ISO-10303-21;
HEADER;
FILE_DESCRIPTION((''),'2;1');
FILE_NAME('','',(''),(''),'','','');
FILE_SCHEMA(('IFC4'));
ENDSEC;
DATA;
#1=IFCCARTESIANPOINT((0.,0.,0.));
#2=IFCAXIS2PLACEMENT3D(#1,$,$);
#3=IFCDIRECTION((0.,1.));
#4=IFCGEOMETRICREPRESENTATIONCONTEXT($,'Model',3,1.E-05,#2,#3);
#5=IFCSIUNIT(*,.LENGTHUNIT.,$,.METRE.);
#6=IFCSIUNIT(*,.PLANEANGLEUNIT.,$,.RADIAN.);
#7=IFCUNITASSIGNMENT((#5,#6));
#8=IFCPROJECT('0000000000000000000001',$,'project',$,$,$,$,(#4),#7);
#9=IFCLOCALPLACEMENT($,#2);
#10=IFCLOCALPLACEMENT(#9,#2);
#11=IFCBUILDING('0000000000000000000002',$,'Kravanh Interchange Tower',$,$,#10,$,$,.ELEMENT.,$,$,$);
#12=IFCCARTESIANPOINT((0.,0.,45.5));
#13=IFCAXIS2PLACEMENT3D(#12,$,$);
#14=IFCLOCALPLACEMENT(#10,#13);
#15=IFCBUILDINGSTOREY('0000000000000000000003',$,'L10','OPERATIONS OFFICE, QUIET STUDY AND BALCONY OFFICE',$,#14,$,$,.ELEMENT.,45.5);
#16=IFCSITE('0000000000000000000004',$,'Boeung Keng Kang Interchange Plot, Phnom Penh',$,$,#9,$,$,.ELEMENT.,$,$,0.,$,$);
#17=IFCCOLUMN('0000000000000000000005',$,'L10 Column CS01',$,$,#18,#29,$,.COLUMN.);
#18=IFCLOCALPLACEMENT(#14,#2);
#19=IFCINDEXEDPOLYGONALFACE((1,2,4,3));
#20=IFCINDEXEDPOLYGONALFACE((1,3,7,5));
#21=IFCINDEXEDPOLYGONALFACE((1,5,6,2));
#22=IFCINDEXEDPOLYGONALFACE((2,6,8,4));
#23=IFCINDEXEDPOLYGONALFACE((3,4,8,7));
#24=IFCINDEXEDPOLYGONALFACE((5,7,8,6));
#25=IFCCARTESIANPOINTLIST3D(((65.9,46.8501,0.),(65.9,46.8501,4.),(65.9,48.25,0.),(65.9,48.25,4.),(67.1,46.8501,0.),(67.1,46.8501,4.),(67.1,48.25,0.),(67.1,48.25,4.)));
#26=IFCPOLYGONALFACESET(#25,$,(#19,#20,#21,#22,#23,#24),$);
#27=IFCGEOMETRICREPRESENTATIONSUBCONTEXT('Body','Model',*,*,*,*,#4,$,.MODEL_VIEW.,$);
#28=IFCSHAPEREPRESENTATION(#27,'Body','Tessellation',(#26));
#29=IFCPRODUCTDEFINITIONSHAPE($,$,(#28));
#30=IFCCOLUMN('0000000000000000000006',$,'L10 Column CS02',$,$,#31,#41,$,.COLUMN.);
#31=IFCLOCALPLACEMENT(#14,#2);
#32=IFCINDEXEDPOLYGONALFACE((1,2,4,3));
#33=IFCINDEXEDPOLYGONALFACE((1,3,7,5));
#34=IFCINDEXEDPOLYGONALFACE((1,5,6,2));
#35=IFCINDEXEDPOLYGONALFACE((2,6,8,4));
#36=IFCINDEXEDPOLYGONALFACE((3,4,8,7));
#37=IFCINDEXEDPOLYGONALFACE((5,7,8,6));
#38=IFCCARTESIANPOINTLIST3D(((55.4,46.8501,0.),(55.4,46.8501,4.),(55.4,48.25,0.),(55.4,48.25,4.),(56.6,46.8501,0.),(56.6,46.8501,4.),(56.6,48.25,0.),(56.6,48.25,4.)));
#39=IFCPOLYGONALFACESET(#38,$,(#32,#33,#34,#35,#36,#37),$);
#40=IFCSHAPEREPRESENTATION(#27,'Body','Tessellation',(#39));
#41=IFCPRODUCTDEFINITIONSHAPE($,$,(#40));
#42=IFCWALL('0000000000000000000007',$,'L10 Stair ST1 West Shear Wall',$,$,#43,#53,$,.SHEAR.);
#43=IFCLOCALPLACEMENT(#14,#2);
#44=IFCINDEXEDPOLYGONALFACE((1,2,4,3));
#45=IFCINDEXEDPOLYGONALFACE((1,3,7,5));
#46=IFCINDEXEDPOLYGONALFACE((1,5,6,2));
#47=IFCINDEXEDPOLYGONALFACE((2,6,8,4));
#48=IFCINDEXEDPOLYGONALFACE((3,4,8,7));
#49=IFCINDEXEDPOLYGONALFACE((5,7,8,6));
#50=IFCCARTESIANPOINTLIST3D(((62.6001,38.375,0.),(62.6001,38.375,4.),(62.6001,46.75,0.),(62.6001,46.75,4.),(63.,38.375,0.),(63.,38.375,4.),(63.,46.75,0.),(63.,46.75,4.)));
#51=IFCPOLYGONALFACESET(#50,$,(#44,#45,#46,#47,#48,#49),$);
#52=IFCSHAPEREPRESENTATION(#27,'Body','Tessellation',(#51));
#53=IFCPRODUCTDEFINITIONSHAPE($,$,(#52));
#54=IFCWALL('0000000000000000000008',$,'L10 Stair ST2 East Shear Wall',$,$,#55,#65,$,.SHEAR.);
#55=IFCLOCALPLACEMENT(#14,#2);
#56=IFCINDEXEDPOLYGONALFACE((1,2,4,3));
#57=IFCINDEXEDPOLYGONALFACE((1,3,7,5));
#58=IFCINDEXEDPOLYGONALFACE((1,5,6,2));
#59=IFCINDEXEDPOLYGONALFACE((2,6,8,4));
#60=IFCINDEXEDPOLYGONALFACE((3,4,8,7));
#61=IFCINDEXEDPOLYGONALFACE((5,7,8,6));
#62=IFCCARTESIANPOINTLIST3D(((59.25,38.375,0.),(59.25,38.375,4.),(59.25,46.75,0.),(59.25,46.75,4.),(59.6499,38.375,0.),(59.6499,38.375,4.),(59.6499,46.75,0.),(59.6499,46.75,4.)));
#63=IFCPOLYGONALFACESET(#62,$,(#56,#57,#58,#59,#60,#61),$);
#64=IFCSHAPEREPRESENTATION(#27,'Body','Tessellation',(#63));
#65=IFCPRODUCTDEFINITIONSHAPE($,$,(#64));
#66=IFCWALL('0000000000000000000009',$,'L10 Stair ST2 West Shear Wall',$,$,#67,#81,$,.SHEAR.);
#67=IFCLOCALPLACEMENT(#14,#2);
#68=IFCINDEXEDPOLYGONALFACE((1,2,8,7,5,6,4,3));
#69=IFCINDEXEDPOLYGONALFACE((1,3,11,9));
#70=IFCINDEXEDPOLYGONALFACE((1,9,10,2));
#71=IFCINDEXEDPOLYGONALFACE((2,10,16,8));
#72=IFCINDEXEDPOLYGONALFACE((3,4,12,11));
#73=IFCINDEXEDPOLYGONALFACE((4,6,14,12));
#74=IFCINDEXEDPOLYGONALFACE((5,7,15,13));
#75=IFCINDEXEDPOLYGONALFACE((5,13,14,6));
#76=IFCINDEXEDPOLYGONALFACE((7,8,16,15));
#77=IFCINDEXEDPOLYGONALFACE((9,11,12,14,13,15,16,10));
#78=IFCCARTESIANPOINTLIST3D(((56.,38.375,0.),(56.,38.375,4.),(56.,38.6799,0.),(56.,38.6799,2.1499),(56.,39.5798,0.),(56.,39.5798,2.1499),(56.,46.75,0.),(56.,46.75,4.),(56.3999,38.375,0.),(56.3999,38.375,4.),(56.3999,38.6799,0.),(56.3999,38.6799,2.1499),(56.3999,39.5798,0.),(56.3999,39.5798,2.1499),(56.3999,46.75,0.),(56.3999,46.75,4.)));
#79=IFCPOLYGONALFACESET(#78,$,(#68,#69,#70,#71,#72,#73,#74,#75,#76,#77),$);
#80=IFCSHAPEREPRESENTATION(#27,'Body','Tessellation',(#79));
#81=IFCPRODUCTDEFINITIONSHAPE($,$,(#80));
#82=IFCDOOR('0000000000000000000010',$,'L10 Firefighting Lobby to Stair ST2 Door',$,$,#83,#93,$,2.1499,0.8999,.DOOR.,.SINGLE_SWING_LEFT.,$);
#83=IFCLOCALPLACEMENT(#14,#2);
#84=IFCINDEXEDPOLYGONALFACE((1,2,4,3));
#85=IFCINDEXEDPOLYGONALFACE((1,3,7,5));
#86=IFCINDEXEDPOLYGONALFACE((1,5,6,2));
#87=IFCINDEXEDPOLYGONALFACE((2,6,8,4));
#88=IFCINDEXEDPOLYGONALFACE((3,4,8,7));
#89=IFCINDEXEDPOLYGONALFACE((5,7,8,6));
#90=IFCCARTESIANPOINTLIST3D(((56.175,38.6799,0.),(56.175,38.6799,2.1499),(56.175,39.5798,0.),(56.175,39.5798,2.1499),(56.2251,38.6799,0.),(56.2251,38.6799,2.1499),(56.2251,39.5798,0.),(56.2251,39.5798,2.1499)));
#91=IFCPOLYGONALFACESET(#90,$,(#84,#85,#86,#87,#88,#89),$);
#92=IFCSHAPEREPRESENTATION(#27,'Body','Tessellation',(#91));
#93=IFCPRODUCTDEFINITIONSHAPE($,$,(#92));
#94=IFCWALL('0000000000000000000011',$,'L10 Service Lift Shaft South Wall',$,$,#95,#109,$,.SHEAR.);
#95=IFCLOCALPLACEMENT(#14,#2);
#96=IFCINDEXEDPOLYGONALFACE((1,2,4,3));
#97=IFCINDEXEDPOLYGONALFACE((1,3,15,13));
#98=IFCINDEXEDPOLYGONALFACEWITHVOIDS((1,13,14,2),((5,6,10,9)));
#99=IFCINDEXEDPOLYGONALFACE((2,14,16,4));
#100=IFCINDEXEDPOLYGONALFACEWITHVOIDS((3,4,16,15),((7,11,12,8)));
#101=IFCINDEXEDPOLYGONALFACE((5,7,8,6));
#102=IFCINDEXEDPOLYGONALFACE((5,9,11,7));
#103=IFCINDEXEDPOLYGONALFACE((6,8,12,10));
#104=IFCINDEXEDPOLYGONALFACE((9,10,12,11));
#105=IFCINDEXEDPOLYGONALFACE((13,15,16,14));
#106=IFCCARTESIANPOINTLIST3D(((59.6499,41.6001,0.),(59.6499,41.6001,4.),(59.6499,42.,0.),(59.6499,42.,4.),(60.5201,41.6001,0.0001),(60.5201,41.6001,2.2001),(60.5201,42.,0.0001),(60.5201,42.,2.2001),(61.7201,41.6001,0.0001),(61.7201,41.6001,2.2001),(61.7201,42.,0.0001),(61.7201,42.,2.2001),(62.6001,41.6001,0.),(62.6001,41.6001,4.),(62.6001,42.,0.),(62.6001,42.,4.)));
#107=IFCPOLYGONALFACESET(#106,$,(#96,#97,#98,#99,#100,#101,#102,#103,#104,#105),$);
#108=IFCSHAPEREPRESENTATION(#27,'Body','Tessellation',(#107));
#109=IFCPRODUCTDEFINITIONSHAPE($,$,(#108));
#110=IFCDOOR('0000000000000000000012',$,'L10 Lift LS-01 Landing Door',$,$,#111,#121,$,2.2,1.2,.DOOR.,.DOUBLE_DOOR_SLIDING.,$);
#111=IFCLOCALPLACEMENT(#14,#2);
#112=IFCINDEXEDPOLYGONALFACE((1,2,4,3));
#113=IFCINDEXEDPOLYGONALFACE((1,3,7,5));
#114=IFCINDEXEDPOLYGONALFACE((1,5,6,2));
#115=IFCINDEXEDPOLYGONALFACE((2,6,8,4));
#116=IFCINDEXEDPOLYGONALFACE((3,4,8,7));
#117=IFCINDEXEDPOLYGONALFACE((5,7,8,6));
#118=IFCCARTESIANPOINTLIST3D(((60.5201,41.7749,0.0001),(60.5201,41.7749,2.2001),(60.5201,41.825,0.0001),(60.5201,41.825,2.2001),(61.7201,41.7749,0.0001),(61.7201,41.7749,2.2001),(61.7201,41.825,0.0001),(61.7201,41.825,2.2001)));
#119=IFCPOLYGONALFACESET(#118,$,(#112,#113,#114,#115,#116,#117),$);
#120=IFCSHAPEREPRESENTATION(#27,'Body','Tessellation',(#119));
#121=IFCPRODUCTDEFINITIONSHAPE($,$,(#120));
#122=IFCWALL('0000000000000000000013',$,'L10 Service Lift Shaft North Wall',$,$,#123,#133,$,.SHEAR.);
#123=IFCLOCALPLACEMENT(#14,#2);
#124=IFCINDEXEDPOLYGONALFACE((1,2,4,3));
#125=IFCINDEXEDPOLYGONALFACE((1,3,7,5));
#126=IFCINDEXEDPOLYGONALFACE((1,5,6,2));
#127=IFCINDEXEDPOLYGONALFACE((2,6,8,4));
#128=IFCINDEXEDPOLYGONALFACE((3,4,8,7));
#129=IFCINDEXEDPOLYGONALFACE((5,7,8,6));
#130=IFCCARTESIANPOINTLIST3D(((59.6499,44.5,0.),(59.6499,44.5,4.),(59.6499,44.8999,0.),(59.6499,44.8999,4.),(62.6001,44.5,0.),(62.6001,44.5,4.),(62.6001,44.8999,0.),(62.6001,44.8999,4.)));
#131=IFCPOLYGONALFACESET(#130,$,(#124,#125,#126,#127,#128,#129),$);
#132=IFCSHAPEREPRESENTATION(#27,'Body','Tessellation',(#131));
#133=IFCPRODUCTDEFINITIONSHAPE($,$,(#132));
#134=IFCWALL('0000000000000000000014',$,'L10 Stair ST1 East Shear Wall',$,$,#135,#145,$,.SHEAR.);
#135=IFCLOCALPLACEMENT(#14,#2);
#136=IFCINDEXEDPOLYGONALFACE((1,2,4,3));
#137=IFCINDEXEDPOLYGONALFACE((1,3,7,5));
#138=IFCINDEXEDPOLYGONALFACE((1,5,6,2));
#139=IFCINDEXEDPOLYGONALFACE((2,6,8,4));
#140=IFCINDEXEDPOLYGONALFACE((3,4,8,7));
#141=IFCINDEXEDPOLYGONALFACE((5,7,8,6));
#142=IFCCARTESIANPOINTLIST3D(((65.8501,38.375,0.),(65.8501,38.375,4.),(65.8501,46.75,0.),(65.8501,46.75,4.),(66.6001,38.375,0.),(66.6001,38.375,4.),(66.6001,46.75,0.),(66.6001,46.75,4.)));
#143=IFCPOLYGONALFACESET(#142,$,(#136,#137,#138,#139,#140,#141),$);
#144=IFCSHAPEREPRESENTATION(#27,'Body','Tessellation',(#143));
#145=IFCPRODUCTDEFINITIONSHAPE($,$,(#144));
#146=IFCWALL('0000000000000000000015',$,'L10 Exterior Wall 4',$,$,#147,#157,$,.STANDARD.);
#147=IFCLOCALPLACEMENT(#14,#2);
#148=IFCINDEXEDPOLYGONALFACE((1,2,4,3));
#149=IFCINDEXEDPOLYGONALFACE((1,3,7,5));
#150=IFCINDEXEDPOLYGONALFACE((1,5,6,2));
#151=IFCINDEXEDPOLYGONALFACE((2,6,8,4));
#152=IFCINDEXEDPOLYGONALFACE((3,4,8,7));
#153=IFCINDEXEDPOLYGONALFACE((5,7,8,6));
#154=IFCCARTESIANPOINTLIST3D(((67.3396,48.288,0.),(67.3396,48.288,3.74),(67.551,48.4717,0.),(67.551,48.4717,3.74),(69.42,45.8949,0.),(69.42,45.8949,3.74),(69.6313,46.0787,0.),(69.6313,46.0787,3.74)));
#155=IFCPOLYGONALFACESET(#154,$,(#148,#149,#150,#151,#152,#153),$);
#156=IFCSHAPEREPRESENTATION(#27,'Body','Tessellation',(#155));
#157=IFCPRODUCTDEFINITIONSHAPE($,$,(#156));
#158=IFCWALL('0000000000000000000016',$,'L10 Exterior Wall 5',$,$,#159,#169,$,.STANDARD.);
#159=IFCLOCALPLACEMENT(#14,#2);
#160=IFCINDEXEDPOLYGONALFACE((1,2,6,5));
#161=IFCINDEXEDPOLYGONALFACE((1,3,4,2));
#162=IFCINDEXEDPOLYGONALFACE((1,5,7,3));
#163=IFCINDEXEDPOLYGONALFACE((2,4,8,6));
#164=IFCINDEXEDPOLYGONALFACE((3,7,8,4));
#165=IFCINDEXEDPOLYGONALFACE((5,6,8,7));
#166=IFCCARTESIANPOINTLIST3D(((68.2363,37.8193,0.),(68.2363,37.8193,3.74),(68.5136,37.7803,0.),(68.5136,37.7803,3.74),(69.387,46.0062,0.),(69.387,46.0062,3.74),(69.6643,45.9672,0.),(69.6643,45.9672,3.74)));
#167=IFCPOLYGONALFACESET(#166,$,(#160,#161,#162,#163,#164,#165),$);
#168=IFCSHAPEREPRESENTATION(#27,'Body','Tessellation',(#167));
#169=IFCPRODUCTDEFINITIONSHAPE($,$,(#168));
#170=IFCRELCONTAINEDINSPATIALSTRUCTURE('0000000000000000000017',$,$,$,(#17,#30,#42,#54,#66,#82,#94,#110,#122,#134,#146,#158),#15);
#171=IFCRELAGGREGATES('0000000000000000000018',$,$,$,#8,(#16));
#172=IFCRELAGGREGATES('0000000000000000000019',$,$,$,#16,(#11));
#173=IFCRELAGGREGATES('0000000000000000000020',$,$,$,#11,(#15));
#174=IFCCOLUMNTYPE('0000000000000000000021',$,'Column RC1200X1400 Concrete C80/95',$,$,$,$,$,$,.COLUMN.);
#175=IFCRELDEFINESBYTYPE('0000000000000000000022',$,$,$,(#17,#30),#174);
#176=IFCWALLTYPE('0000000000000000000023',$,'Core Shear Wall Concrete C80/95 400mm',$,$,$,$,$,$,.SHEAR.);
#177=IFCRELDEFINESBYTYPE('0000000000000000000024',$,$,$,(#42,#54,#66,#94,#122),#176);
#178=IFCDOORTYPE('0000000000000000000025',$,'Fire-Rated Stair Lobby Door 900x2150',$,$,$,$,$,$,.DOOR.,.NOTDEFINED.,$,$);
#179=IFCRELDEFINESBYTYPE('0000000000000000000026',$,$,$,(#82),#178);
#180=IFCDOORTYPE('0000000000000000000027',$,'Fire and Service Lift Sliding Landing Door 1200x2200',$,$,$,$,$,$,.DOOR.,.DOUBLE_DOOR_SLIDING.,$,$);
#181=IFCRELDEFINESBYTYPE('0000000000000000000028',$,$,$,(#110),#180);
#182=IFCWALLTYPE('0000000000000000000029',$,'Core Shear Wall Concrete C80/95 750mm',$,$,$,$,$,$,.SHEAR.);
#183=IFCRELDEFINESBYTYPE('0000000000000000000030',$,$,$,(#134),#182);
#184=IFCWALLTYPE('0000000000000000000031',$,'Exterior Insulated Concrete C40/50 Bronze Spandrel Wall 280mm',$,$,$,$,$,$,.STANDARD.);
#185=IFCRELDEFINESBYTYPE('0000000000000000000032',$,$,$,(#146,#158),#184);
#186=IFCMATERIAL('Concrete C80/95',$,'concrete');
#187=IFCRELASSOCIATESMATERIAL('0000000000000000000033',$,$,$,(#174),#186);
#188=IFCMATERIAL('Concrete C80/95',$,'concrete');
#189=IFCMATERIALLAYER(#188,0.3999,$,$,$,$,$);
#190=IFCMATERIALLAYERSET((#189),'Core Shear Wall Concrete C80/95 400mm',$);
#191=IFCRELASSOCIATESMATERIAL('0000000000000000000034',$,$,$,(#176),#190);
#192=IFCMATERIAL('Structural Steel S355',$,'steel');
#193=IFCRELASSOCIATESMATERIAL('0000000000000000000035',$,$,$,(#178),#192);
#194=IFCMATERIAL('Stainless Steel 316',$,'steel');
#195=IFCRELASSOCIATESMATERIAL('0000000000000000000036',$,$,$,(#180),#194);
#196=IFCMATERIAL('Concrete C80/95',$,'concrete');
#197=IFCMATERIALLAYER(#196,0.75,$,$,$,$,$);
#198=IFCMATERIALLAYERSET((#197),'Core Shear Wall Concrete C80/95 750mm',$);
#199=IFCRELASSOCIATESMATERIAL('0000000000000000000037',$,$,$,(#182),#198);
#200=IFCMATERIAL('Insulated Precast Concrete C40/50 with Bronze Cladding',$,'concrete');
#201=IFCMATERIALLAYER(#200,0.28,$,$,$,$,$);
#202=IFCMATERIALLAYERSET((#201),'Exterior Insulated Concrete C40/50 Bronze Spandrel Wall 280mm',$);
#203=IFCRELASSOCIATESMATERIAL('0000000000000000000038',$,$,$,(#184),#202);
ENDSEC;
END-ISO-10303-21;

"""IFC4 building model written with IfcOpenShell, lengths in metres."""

from ifc_helpers import new_model, si_unit, direction, frame, frame_2d, origin, origin_2d, place, context, subcontext, project, spatial, rectangle, extrude, material, layer, layer_set, material_profile, profile_set, type_object, element, fill, save


model = new_model("IFC4")

# Units and contexts
model_context = context("Model", 3, precision=1e-05, world=origin(), true_north=direction((0.0, 1.0)))
body_context = subcontext(model_context, "Body", "Model", "MODEL_VIEW")
ifc_project = project(units=[si_unit("LENGTHUNIT", "METRE"), si_unit("PLANEANGLEUNIT", "RADIAN")], contexts=[model_context])

# Site, building, storey
site_placement = place(None, origin())
site = spatial("IfcSite", under=ifc_project, at=site_placement, Name="Boeung Keng Kang Interchange Plot, Phnom Penh", CompositionType="ELEMENT", RefElevation=0.0)
building_placement = place(site_placement, origin())
building = spatial("IfcBuilding", under=site, at=building_placement, Name="Kravanh Interchange Tower", CompositionType="ELEMENT")
storey_placement = place(building_placement, frame((0.0, 0.0, 45.5)))
storey = spatial("IfcBuildingStorey", under=building, at=storey_placement, Name="L10", Description="OPERATIONS OFFICE, QUIET STUDY AND BALCONY OFFICE", CompositionType="ELEMENT", Elevation=45.5)

# Columns
ifc_material_1 = material(Name="Concrete C80/95", Category="concrete")
ifc_material_profile = material_profile(ifc_material_1, rectangle(XDim=1.2, YDim=1.3999, at=origin_2d()), Name="RC1200X1400")
ifc_profile_set = profile_set([ifc_material_profile], Name="Concrete C80/95")
column_type = type_object("IfcColumnType", Name="Column RC1200X1400 Concrete C80/95", PredefinedType="COLUMN", material=ifc_profile_set)
for number, where, z_axis, x_axis, name in (
    (1, (66.5, 47.55, 0.0), (0.0, 0.0, 1.0), (1.0, 0.0, 0.0), "L10 Column CS01"),
    (2, (56.0, 47.55, 0.0), (0.0, 0.0, 1.0), (1.0, 0.0, 0.0), "L10 Column CS02"),
):
    element("IfcColumn", number, at=place(storey_placement, frame(where, z_axis=z_axis, x_axis=x_axis)), inside=storey, type_object=column_type, Name=name, PredefinedType="COLUMN", context=body_context, shape_type="SweptSolid", body=[
        extrude(rectangle(XDim=1.2, YDim=1.3999, at=origin_2d()), origin(), (0.0, 0.0, 1.0), 4.0),
    ])

# Walls
ifc_material_2 = material(Name="Concrete C80/95", Category="concrete")
ifc_layer_1 = layer(ifc_material_2, 0.3999)
ifc_layer_set_1 = layer_set([ifc_layer_1], Name="Core Shear Wall Concrete C80/95 400mm")
wall_type_1 = type_object("IfcWallType", Name="Core Shear Wall Concrete C80/95 400mm", PredefinedType="SHEAR", material=ifc_layer_set_1)
for number, where, z_axis, x_axis, name in (
    (3, (62.8, 38.375, 0.0), (0.0, 0.0, 1.0), (0.0, 1.0, 0.0), "L10 Stair ST1 West Shear Wall"),
    (4, (59.45, 38.375, 0.0), (0.0, 0.0, 1.0), (0.0, 1.0, 0.0), "L10 Stair ST2 East Shear Wall"),
):
    element("IfcWall", number, at=place(storey_placement, frame(where, z_axis=z_axis, x_axis=x_axis)), inside=storey, type_object=wall_type_1, Name=name, PredefinedType="SHEAR", context=body_context, shape_type="SweptSolid", body=[
        extrude(rectangle(XDim=8.375, YDim=0.3999, at=frame_2d((4.1875, 0.0))), origin(), (0.0, 0.0, 1.0), 4.0),
    ])

# Walls, openings, doors
wall_1_placement = place(storey_placement, frame((56.2, 38.375, 0.0), z_axis=(0.0, 0.0, 1.0), x_axis=(0.0, 1.0, 0.0)))
wall_1 = element("IfcWall", 5, at=wall_1_placement, inside=storey, type_object=wall_type_1, Name="L10 Stair ST2 West Shear Wall", PredefinedType="SHEAR", context=body_context, shape_type="SweptSolid", body=[
    extrude(rectangle(XDim=8.375, YDim=0.3999, at=frame_2d((4.1875, 0.0))), origin(), (0.0, 0.0, 1.0), 4.0),
])
opening_1_placement = place(wall_1_placement, frame((0.3049, 0.0, 0.0)))
opening_1 = element("IfcOpeningElement", 6, at=opening_1_placement, cuts=wall_1, PredefinedType="OPENING", context=body_context, shape_type="SweptSolid", body=[
    extrude(rectangle(XDim=0.8999, YDim=2.1499, at=frame_2d((0.45, 1.075))), frame((0.0, 0.21, 0.0), z_axis=(0.0, -1.0, 0.0), x_axis=(1.0, 0.0, 0.0)), (0.0, 0.0, 1.0), 0.4199),
])
ifc_material_3 = material(Name="Structural Steel S355", Category="steel")
door_type_1 = type_object("IfcDoorType", Name="Fire-Rated Stair Lobby Door 900x2150", OperationType="NOTDEFINED", PredefinedType="DOOR", material=ifc_material_3)
door_1_placement = place(opening_1_placement, origin())
door_1 = element("IfcDoor", 7, at=door_1_placement, inside=storey, type_object=door_type_1, Name="L10 Firefighting Lobby to Stair ST2 Door", OperationType="SINGLE_SWING_LEFT", OverallHeight=2.1499, OverallWidth=0.8999, PredefinedType="DOOR", context=body_context, shape_type="SweptSolid", body=[
    extrude(rectangle(XDim=0.8999, YDim=2.1499, at=frame_2d((0.45, 1.075))), frame((0.0, 0.0249, 0.0), z_axis=(0.0, -1.0, 0.0), x_axis=(1.0, 0.0, 0.0)), (0.0, 0.0, 1.0), 0.05),
])
fill(opening_1, door_1)
wall_2_placement = place(storey_placement, frame((59.6499, 41.8, 0.0), z_axis=(0.0, 0.0, 1.0), x_axis=(1.0, 0.0, 0.0)))
wall_2 = element("IfcWall", 8, at=wall_2_placement, inside=storey, type_object=wall_type_1, Name="L10 Service Lift Shaft South Wall", PredefinedType="SHEAR", context=body_context, shape_type="SweptSolid", body=[
    extrude(rectangle(XDim=2.9502, YDim=0.3999, at=frame_2d((1.4751, 0.0))), origin(), (0.0, 0.0, 1.0), 4.0),
])
opening_2_placement = place(wall_2_placement, frame((0.8701, 0.0, 0.0)))
opening_2 = element("IfcOpeningElement", 9, at=opening_2_placement, cuts=wall_2, PredefinedType="OPENING", context=body_context, shape_type="SweptSolid", body=[
    extrude(rectangle(XDim=1.2, YDim=2.2, at=frame_2d((0.6001, 1.1001))), frame((0.0, 0.21, 0.0), z_axis=(0.0, -1.0, 0.0), x_axis=(1.0, 0.0, 0.0)), (0.0, 0.0, 1.0), 0.4199),
])
ifc_material_4 = material(Name="Stainless Steel 316", Category="steel")
door_type_2 = type_object("IfcDoorType", Name="Fire and Service Lift Sliding Landing Door 1200x2200", OperationType="DOUBLE_DOOR_SLIDING", PredefinedType="DOOR", material=ifc_material_4)
door_2_placement = place(opening_2_placement, origin())
door_2 = element("IfcDoor", 10, at=door_2_placement, inside=storey, type_object=door_type_2, Name="L10 Lift LS-01 Landing Door", OperationType="DOUBLE_DOOR_SLIDING", OverallHeight=2.2, OverallWidth=1.2, PredefinedType="DOOR", context=body_context, shape_type="SweptSolid", body=[
    extrude(rectangle(XDim=1.2, YDim=2.2, at=frame_2d((0.6001, 1.1001))), frame((0.0, 0.0249, 0.0), z_axis=(0.0, -1.0, 0.0), x_axis=(1.0, 0.0, 0.0)), (0.0, 0.0, 1.0), 0.05),
])
fill(opening_2, door_2)

# Walls
wall_3_placement = place(storey_placement, frame((59.6499, 44.7, 0.0), z_axis=(0.0, 0.0, 1.0), x_axis=(1.0, 0.0, 0.0)))
element("IfcWall", 11, at=wall_3_placement, inside=storey, type_object=wall_type_1, Name="L10 Service Lift Shaft North Wall", PredefinedType="SHEAR", context=body_context, shape_type="SweptSolid", body=[
    extrude(rectangle(XDim=2.9502, YDim=0.3999, at=frame_2d((1.4751, 0.0))), origin(), (0.0, 0.0, 1.0), 4.0),
])
ifc_material_5 = material(Name="Concrete C80/95", Category="concrete")
ifc_layer_2 = layer(ifc_material_5, 0.75)
ifc_layer_set_2 = layer_set([ifc_layer_2], Name="Core Shear Wall Concrete C80/95 750mm")
wall_type_2 = type_object("IfcWallType", Name="Core Shear Wall Concrete C80/95 750mm", PredefinedType="SHEAR", material=ifc_layer_set_2)
wall_4_placement = place(storey_placement, frame((66.2251, 38.375, 0.0), z_axis=(0.0, 0.0, 1.0), x_axis=(0.0, 1.0, 0.0)))
element("IfcWall", 12, at=wall_4_placement, inside=storey, type_object=wall_type_2, Name="L10 Stair ST1 East Shear Wall", PredefinedType="SHEAR", context=body_context, shape_type="SweptSolid", body=[
    extrude(rectangle(XDim=8.375, YDim=0.75, at=frame_2d((4.1875, 0.0))), origin(), (0.0, 0.0, 1.0), 4.0),
])
ifc_material_6 = material(Name="Insulated Precast Concrete C40/50 with Bronze Cladding", Category="concrete")
ifc_layer_3 = layer(ifc_material_6, 0.28)
ifc_layer_set_3 = layer_set([ifc_layer_3], Name="Exterior Insulated Concrete C40/50 Bronze Spandrel Wall 280mm")
wall_type_3 = type_object("IfcWallType", Name="Exterior Insulated Concrete C40/50 Bronze Spandrel Wall 280mm", PredefinedType="STANDARD", material=ifc_layer_set_3)
wall_5_placement = place(storey_placement, frame((67.4453, 48.3799, 0.0), z_axis=(0.0, 0.0, 1.0), x_axis=(0.65607, -0.7547, 0.0)))
element("IfcWall", 13, at=wall_5_placement, inside=storey, type_object=wall_type_3, Name="L10 Exterior Wall 4", PredefinedType="STANDARD", context=body_context, shape_type="SweptSolid", body=[
    extrude(rectangle(XDim=3.1709, YDim=0.28, at=frame_2d((1.5854, 0.0))), origin(), (0.0, 0.0, 1.0), 3.74),
])
wall_6_placement = place(storey_placement, frame((69.5256, 45.9868, 0.0), z_axis=(0.0, 0.0, 1.0), x_axis=(-0.13918, -0.990267, 0.0)))
element("IfcWall", 14, at=wall_6_placement, inside=storey, type_object=wall_type_3, Name="L10 Exterior Wall 5", PredefinedType="STANDARD", context=body_context, shape_type="SweptSolid", body=[
    extrude(rectangle(XDim=8.2673, YDim=0.28, at=frame_2d((4.1338, 0.0))), origin(), (0.0, 0.0, 1.0), 3.74),
])

save(model, "model.ifc")
